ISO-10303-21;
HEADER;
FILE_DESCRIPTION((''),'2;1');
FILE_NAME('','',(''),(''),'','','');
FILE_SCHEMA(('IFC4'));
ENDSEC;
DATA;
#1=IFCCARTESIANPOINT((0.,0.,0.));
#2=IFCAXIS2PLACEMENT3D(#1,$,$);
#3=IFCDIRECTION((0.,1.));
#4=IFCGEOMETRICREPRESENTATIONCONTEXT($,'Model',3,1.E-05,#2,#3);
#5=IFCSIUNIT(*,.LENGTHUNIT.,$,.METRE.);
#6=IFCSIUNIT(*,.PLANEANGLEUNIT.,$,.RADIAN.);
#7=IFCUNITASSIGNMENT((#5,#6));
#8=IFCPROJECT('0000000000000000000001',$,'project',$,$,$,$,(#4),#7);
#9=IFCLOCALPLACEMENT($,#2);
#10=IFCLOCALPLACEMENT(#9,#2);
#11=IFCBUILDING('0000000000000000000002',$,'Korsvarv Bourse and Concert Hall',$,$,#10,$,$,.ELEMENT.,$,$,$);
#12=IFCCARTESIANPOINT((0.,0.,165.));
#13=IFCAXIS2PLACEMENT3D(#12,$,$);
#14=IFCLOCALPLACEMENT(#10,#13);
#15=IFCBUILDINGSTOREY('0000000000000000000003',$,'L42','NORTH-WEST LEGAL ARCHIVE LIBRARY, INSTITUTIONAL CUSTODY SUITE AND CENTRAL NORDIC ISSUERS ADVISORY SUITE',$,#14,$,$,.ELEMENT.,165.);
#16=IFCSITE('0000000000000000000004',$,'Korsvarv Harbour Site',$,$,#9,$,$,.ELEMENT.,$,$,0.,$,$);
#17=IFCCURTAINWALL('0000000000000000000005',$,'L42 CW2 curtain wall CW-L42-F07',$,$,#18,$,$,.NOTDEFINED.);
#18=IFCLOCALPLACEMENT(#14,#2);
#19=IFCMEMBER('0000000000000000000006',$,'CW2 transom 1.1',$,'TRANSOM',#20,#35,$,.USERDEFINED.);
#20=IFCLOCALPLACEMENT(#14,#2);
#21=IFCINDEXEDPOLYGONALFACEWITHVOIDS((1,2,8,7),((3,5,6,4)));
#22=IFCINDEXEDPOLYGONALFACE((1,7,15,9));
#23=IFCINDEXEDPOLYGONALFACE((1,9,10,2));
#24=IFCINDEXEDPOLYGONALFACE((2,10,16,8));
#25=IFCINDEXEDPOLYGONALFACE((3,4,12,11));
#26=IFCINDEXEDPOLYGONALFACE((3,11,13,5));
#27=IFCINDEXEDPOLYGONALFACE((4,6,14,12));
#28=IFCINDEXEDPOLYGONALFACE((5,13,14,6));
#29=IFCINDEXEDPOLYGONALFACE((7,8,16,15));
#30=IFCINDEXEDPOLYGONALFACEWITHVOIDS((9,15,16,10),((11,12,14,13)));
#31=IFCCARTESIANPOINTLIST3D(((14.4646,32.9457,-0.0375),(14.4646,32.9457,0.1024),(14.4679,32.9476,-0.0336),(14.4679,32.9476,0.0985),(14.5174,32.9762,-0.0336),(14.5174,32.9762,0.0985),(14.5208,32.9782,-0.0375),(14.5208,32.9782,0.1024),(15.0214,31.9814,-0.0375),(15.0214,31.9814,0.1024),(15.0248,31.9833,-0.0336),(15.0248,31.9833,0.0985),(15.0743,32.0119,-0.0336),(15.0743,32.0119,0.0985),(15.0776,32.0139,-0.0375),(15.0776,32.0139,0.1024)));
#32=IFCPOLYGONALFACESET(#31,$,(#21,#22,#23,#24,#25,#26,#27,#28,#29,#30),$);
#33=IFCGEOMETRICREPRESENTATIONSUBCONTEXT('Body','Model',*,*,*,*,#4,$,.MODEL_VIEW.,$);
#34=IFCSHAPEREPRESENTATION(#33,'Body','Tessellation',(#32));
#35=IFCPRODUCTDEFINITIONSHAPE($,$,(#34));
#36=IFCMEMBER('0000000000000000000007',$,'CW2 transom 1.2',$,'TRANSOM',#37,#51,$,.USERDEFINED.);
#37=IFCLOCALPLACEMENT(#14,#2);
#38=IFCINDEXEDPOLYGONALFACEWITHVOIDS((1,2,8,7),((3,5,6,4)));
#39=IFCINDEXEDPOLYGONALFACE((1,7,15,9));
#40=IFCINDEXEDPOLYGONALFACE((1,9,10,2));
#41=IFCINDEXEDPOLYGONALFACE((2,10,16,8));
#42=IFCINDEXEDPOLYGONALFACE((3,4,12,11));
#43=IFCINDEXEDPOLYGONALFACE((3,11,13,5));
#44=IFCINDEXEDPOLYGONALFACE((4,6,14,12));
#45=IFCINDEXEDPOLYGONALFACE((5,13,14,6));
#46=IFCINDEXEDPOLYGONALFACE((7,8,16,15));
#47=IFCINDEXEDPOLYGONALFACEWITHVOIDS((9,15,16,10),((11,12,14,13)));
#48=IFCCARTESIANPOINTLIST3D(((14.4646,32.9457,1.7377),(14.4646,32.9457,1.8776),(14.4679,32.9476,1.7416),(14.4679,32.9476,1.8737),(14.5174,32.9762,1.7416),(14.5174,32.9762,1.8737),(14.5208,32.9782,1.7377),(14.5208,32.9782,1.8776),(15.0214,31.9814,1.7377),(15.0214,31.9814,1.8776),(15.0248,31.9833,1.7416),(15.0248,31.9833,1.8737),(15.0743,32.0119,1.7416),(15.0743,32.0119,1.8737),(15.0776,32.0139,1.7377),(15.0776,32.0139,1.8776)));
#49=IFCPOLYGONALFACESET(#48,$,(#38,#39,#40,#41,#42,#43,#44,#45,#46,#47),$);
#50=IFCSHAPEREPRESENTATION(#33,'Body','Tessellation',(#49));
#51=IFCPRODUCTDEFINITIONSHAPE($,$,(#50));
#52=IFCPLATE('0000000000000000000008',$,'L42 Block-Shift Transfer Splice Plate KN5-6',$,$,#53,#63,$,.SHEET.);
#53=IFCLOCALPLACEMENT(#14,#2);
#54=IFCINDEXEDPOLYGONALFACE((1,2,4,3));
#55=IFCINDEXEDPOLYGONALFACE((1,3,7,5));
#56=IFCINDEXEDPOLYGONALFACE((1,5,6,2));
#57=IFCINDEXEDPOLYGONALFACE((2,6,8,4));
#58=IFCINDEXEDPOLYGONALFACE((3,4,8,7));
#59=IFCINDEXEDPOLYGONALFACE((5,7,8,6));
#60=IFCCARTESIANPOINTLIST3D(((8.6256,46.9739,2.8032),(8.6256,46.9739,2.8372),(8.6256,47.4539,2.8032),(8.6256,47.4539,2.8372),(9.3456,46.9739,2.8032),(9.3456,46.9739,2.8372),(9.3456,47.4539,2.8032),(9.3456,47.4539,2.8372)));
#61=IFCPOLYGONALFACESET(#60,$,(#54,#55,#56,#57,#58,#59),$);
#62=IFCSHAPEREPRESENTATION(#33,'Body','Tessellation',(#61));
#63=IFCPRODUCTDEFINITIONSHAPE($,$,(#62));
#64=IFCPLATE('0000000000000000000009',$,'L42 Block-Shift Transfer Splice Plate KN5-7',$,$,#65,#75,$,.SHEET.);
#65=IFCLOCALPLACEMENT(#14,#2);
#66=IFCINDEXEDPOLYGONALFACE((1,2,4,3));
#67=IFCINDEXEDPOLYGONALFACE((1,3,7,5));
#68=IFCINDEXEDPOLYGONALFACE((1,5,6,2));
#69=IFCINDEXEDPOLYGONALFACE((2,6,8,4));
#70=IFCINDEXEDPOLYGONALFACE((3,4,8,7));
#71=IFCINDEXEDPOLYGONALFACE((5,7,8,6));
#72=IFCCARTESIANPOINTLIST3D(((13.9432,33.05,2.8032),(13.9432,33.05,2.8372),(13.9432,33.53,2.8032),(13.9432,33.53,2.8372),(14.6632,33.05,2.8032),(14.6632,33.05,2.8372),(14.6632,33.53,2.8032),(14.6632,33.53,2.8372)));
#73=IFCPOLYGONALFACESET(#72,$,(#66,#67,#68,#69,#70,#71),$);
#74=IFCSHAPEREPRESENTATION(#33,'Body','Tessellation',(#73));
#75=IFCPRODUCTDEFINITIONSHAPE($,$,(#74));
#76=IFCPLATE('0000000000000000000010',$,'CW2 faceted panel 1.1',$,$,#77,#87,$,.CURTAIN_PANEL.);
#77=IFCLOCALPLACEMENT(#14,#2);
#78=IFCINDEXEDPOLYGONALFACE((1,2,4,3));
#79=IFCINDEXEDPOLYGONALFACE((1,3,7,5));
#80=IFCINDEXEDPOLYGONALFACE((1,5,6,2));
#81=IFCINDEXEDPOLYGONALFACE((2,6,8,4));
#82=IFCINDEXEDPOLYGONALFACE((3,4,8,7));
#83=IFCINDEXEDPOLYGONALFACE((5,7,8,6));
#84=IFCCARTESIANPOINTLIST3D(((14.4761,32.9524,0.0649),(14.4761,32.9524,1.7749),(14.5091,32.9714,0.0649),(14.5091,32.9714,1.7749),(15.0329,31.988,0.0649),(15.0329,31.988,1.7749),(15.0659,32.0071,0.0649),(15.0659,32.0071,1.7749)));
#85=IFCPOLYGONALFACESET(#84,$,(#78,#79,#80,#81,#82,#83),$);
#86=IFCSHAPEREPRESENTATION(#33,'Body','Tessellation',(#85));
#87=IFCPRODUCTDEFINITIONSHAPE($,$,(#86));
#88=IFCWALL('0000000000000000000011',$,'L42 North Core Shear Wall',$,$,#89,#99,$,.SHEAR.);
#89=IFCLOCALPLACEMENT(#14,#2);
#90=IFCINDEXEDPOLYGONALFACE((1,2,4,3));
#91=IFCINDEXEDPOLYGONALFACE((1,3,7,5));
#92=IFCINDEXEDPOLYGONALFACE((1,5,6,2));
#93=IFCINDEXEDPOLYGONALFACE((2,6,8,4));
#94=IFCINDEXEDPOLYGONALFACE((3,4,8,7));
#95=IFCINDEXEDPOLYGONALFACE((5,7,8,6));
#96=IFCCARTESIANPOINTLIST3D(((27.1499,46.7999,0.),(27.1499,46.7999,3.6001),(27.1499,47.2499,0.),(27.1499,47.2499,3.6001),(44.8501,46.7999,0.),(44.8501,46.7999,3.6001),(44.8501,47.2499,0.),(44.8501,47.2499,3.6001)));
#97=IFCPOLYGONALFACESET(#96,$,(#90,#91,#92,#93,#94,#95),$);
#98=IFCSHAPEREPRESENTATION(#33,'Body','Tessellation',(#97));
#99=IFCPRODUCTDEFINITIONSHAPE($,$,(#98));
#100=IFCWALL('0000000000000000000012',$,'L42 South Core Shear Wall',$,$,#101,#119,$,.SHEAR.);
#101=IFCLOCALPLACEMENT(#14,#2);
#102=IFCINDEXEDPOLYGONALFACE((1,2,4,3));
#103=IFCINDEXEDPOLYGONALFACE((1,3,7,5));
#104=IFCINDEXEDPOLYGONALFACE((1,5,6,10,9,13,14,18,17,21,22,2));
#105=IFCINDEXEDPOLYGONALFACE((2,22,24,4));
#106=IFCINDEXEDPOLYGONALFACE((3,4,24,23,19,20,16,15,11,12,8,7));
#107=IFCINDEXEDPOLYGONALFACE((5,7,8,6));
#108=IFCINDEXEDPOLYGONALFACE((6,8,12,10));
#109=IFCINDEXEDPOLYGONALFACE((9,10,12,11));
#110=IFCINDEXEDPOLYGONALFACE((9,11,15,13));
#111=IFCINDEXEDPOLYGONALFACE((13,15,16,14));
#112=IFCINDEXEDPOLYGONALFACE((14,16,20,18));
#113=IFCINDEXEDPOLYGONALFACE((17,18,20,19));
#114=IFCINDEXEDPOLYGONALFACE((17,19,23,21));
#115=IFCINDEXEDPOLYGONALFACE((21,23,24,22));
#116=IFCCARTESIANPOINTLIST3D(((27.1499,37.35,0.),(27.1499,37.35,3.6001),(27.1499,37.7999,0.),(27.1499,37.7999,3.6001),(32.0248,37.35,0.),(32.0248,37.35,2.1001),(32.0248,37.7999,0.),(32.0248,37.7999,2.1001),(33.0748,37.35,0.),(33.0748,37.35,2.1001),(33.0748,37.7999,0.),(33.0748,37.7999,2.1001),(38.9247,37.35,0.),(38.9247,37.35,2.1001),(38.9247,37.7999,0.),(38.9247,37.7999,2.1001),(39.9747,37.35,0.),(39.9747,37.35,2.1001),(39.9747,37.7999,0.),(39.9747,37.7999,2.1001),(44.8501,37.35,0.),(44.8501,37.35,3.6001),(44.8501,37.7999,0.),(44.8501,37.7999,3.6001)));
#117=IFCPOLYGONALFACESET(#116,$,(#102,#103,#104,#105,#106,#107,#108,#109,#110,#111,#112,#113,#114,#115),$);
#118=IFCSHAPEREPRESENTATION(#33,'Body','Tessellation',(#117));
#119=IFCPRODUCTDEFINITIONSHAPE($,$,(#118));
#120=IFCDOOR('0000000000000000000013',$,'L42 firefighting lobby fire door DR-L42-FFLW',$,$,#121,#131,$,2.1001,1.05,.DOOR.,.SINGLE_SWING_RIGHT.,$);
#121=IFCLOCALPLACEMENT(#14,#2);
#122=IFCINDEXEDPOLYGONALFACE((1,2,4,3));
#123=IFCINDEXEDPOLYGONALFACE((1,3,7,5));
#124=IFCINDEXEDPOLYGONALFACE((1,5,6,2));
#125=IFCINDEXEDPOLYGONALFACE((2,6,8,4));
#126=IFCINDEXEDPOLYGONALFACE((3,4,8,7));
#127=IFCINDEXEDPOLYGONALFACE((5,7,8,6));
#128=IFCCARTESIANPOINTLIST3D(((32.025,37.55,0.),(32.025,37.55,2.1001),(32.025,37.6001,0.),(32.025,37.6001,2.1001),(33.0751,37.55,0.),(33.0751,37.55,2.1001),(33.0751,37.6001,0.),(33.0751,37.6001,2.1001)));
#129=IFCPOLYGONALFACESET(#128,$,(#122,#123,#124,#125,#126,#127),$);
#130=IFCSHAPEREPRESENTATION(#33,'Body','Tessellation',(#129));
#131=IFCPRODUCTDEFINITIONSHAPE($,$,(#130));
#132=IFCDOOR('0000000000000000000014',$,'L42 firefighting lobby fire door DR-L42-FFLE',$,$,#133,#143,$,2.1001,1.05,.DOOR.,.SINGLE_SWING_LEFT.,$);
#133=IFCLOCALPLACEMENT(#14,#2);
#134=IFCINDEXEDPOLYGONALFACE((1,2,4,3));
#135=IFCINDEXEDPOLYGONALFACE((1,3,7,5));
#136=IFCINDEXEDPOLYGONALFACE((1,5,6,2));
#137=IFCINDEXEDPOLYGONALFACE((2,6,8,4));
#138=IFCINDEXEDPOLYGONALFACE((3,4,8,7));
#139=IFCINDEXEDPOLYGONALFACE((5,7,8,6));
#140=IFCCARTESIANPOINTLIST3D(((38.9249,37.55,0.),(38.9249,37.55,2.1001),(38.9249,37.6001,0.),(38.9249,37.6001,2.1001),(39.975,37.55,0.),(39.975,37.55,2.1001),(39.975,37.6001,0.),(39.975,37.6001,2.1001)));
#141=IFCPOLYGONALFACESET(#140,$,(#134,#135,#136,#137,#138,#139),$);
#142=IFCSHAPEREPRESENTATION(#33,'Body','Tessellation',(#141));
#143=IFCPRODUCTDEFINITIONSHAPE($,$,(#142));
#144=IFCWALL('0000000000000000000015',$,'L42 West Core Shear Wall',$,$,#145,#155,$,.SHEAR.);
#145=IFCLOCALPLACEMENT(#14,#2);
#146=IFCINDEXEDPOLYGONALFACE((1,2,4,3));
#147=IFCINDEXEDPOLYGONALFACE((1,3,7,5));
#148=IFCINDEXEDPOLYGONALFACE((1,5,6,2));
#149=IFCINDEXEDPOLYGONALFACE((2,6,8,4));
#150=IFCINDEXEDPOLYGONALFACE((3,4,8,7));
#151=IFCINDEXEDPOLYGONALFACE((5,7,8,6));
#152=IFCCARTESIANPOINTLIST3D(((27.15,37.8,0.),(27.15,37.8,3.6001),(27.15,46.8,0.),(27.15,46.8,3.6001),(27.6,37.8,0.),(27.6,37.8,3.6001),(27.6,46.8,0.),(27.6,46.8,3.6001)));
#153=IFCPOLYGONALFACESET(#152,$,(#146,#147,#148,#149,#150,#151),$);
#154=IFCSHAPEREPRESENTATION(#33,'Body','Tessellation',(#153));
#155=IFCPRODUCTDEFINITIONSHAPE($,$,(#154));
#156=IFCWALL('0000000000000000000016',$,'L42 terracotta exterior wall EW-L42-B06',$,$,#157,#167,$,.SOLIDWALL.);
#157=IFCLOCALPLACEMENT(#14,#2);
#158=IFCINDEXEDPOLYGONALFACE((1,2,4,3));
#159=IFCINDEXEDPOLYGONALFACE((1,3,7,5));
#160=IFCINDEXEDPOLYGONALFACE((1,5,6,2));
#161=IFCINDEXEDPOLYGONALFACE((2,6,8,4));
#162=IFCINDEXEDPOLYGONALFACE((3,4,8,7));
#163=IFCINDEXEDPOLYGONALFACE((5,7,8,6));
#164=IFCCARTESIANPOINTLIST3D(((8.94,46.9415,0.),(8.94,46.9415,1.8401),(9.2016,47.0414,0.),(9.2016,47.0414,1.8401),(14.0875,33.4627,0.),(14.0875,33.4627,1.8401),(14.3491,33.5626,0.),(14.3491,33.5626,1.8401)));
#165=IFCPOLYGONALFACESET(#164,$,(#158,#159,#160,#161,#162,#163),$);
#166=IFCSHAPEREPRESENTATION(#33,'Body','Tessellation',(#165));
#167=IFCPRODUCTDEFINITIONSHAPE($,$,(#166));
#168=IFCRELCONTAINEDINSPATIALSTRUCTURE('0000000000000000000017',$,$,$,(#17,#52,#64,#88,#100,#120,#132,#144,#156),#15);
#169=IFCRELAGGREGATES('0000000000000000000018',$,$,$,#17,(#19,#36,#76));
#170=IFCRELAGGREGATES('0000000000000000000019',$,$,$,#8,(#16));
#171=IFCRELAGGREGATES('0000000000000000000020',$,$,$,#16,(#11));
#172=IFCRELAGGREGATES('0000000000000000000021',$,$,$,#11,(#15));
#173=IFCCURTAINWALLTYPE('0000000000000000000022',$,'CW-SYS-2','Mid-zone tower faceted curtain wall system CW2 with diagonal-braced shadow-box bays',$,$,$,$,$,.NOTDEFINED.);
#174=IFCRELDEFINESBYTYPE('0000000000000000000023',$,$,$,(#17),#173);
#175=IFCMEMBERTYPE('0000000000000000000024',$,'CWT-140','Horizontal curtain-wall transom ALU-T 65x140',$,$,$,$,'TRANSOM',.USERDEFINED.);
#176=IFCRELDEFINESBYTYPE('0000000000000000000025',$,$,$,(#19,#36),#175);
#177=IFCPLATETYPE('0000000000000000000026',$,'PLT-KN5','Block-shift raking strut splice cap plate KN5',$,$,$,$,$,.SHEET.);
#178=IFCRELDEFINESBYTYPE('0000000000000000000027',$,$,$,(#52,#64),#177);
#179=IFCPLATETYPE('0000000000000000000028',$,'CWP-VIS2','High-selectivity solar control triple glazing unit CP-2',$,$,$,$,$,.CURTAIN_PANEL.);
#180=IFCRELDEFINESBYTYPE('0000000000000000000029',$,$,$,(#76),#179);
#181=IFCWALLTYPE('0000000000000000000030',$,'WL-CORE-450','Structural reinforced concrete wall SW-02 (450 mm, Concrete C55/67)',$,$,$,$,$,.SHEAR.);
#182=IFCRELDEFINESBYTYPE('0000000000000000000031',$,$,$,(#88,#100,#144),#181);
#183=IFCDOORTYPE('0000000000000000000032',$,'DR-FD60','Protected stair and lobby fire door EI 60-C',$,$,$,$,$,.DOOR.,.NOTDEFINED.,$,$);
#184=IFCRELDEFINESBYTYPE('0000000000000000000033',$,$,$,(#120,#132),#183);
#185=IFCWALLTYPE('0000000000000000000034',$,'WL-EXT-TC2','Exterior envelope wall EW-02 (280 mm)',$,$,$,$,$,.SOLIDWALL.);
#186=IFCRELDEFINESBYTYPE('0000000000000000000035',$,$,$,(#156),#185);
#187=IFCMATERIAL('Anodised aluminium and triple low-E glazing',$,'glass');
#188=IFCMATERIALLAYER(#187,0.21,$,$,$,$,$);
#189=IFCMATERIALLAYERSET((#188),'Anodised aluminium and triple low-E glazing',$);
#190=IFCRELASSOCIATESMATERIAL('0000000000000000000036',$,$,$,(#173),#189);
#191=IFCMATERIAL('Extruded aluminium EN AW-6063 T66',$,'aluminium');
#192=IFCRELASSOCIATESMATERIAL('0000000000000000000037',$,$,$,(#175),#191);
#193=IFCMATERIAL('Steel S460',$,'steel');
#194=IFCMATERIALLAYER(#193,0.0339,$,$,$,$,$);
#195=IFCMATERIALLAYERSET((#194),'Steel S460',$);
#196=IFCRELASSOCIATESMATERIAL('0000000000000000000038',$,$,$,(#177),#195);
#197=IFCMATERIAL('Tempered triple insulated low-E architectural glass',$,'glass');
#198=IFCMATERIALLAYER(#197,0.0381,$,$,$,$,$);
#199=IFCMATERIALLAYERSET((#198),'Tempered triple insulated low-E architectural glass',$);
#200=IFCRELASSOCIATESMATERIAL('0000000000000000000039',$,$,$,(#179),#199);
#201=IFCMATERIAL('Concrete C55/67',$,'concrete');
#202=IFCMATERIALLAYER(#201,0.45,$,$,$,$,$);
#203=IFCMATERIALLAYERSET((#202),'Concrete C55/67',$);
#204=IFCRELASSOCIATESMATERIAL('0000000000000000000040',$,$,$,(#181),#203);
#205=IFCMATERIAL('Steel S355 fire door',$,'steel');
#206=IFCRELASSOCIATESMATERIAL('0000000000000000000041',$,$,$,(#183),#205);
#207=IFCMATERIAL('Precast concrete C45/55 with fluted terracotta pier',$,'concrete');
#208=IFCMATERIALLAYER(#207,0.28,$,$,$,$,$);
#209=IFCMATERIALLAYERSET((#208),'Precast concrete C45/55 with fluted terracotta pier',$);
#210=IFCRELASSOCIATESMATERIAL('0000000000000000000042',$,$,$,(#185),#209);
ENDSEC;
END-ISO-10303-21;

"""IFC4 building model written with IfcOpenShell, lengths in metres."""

from ifc_helpers import new_model, si_unit, direction, frame, frame_2d, origin, origin_2d, place, context, subcontext, project, spatial, rectangle, hollow_rectangle, extrude, source, transform, mapped, material, layer, layer_set, material_profile, profile_set, type_object, element, fill, aggregate, save


model = new_model("IFC4")

# Units and contexts
model_context = context("Model", 3, precision=1e-05, world=origin(), true_north=direction((0.0, 1.0)))
body_context = subcontext(model_context, "Body", "Model", "MODEL_VIEW")
ifc_project = project(units=[si_unit("LENGTHUNIT", "METRE"), si_unit("PLANEANGLEUNIT", "RADIAN")], contexts=[model_context])

# Site, building, storey
site_placement = place(None, origin())
site = spatial("IfcSite", under=ifc_project, at=site_placement, Name="Korsvarv Harbour Site", CompositionType="ELEMENT", RefElevation=0.0)
building_placement = place(site_placement, origin())
building = spatial("IfcBuilding", under=site, at=building_placement, Name="Korsvarv Bourse and Concert Hall", CompositionType="ELEMENT")
storey_placement = place(building_placement, frame((0.0, 0.0, 165.0)))
storey = spatial("IfcBuildingStorey", under=building, at=storey_placement, Name="L42", Description="NORTH-WEST LEGAL ARCHIVE LIBRARY, INSTITUTIONAL CUSTODY SUITE AND CENTRAL NORDIC ISSUERS ADVISORY SUITE", CompositionType="ELEMENT", Elevation=165.0)

# Curtain wall, members
ifc_material_1 = material(Name="Anodised aluminium and triple low-E glazing", Category="glass")
ifc_layer_1 = layer(ifc_material_1, 0.21)
ifc_layer_set_1 = layer_set([ifc_layer_1], Name="Anodised aluminium and triple low-E glazing")
curtain_wall_type = type_object("IfcCurtainWallType", Name="CW-SYS-2", Description="Mid-zone tower faceted curtain wall system CW2 with diagonal-braced shadow-box bays", PredefinedType="NOTDEFINED", material=ifc_layer_set_1)
curtain_wall_placement = place(storey_placement, origin())
curtain_wall = element("IfcCurtainWall", 1, at=curtain_wall_placement, inside=storey, type_object=curtain_wall_type, Name="L42 CW2 curtain wall CW-L42-F07", PredefinedType="NOTDEFINED")
ifc_material_2 = material(Name="Extruded aluminium EN AW-6063 T66", Category="aluminium")
ifc_material_profile_1 = material_profile(ifc_material_2, hollow_rectangle(XDim=0.0649, YDim=0.1399, WallThickness=0.0039, at=origin_2d()), Name="ALU-T 65x140")
ifc_profile_set_1 = profile_set([ifc_material_profile_1], Name="Extruded aluminium EN AW-6063 T66")
member_type_1 = type_object("IfcMemberType", Name="CWT-140", Description="Horizontal curtain-wall transom ALU-T 65x140", ElementType="TRANSOM", PredefinedType="USERDEFINED", material=ifc_profile_set_1)
shared_shape_1 = source(origin(), body_context, "Body", "SweptSolid", [
    extrude(hollow_rectangle(XDim=0.0649, YDim=0.1399, WallThickness=0.0039, at=origin_2d()), origin(), (0.0, 0.0, 1.0), 1.1135),
])
member_1_placement = place(storey_placement, frame((14.4927, 32.9619, 0.0325), z_axis=(0.500077, -0.865981, 0.0), x_axis=(0.865981, 0.500077, 0.0)))
member_1 = element("IfcMember", 2, at=member_1_placement, type_object=member_type_1, Name="CW2 transom 1.1", ObjectType="TRANSOM", PredefinedType="USERDEFINED", context=body_context, shape_type="MappedRepresentation", body=[
    mapped(shared_shape_1, transform((0.0, 0.0, 0.0), scale=1.0)),
])
member_2_placement = place(storey_placement, frame((14.4927, 32.9619, 1.8076), z_axis=(0.500077, -0.865981, 0.0), x_axis=(0.865981, 0.500077, 0.0)))
member_2 = element("IfcMember", 3, at=member_2_placement, type_object=member_type_1, Name="CW2 transom 1.2", ObjectType="TRANSOM", PredefinedType="USERDEFINED", context=body_context, shape_type="MappedRepresentation", body=[
    mapped(shared_shape_1, transform((0.0, 0.0, 0.0), scale=1.0)),
])

# Plates
ifc_material_3 = material(Name="Steel S460", Category="steel")
ifc_layer_2 = layer(ifc_material_3, 0.0339)
ifc_layer_set_2 = layer_set([ifc_layer_2], Name="Steel S460")
plate_type_1 = type_object("IfcPlateType", Name="PLT-KN5", Description="Block-shift raking strut splice cap plate KN5", PredefinedType="SHEET", material=ifc_layer_set_2)
shared_shape_2 = source(origin(), body_context, "Body", "SweptSolid", [
    extrude(rectangle(XDim=0.72, YDim=0.48, at=origin_2d()), origin(), (0.0, 0.0, 1.0), 0.0339),
])
for number, where, z_axis, x_axis, name in (
    (4, (8.9856, 47.2139, 2.8032), (0.0, 0.0, 1.0), (1.0, 0.0, 0.0), "L42 Block-Shift Transfer Splice Plate KN5-6"),
    (5, (14.3032, 33.29, 2.8032), (0.0, 0.0, 1.0), (1.0, 0.0, 0.0), "L42 Block-Shift Transfer Splice Plate KN5-7"),
):
    element("IfcPlate", number, at=place(storey_placement, frame(where, z_axis=z_axis, x_axis=x_axis)), inside=storey, type_object=plate_type_1, Name=name, PredefinedType="SHEET", context=body_context, shape_type="MappedRepresentation", body=[
        mapped(shared_shape_2, transform((0.0, 0.0, 0.0), scale=1.0)),
    ])

# Plate
ifc_material_4 = material(Name="Tempered triple insulated low-E architectural glass", Category="glass")
ifc_layer_3 = layer(ifc_material_4, 0.0381)
ifc_layer_set_3 = layer_set([ifc_layer_3], Name="Tempered triple insulated low-E architectural glass")
plate_type_2 = type_object("IfcPlateType", Name="CWP-VIS2", Description="High-selectivity solar control triple glazing unit CP-2", PredefinedType="CURTAIN_PANEL", material=ifc_layer_set_3)
shared_shape_3 = source(origin(), body_context, "Body", "SweptSolid", [
    extrude(rectangle(XDim=1.1135, YDim=0.0381, at=origin_2d()), origin(), (0.0, 0.0, 1.0), 1.71),
])
plate_placement = place(storey_placement, frame((14.771, 32.4797, 0.0649), z_axis=(0.0, 0.0, 1.0), x_axis=(0.500002, -0.866024, 0.0)))
plate = element("IfcPlate", 6, at=plate_placement, type_object=plate_type_2, Name="CW2 faceted panel 1.1", PredefinedType="CURTAIN_PANEL", context=body_context, shape_type="MappedRepresentation", body=[
    mapped(shared_shape_3, transform((0.0, 0.0, 0.0), scale=1.0)),
])
aggregate(curtain_wall, [member_1, member_2, plate])

# Wall
ifc_material_5 = material(Name="Concrete C55/67", Category="concrete")
ifc_layer_4 = layer(ifc_material_5, 0.45)
ifc_layer_set_4 = layer_set([ifc_layer_4], Name="Concrete C55/67")
wall_type_1 = type_object("IfcWallType", Name="WL-CORE-450", Description="Structural reinforced concrete wall SW-02 (450 mm, Concrete C55/67)", PredefinedType="SHEAR", material=ifc_layer_set_4)
wall_1_placement = place(storey_placement, frame((27.1499, 47.0249, 0.0), z_axis=(0.0, 0.0, 1.0), x_axis=(1.0, 0.0, 0.0)))
element("IfcWall", 7, at=wall_1_placement, inside=storey, type_object=wall_type_1, Name="L42 North Core Shear Wall", PredefinedType="SHEAR", context=body_context, shape_type="SweptSolid", body=[
    extrude(rectangle(XDim=17.7002, YDim=0.45, at=frame_2d((8.8501, 0.0))), origin(), (0.0, 0.0, 1.0), 3.6001),
])

# Wall, openings, doors
wall_2_placement = place(storey_placement, frame((27.1499, 37.575, 0.0), z_axis=(0.0, 0.0, 1.0), x_axis=(1.0, 0.0, 0.0)))
wall_2 = element("IfcWall", 8, at=wall_2_placement, inside=storey, type_object=wall_type_1, Name="L42 South Core Shear Wall", PredefinedType="SHEAR", context=body_context, shape_type="SweptSolid", body=[
    extrude(rectangle(XDim=17.7002, YDim=0.45, at=frame_2d((8.8501, 0.0))), origin(), (0.0, 0.0, 1.0), 3.6001),
])
opening_1_placement = place(wall_2_placement, frame((4.875, 0.0, 0.0)))
opening_1 = element("IfcOpeningElement", 9, at=opening_1_placement, cuts=wall_2, PredefinedType="OPENING", context=body_context, shape_type="SweptSolid", body=[
    extrude(rectangle(XDim=1.05, YDim=2.1001, at=frame_2d((0.5249, 1.05))), frame((0.0, 0.2349, 0.0), z_axis=(0.0, -1.0, 0.0), x_axis=(1.0, 0.0, 0.0)), (0.0, 0.0, 1.0), 0.47),
])
opening_2_placement = place(wall_2_placement, frame((11.7749, 0.0, 0.0)))
opening_2 = element("IfcOpeningElement", 10, at=opening_2_placement, cuts=wall_2, PredefinedType="OPENING", context=body_context, shape_type="SweptSolid", body=[
    extrude(rectangle(XDim=1.05, YDim=2.1001, at=frame_2d((0.5249, 1.05))), frame((0.0, 0.2349, 0.0), z_axis=(0.0, -1.0, 0.0), x_axis=(1.0, 0.0, 0.0)), (0.0, 0.0, 1.0), 0.47),
])
ifc_material_6 = material(Name="Steel S355 fire door", Category="steel")
door_type = type_object("IfcDoorType", Name="DR-FD60", Description="Protected stair and lobby fire door EI 60-C", OperationType="NOTDEFINED", PredefinedType="DOOR", material=ifc_material_6)
door_1_placement = place(opening_1_placement, frame((1.05, 0.0, 0.0), z_axis=(0.0, 0.0, 1.0), x_axis=(-1.0, 0.0, 0.0)))
door_1 = element("IfcDoor", 11, at=door_1_placement, inside=storey, type_object=door_type, Name="L42 firefighting lobby fire door DR-L42-FFLW", OperationType="SINGLE_SWING_RIGHT", OverallHeight=2.1001, OverallWidth=1.05, PredefinedType="DOOR", context=body_context, shape_type="SweptSolid", body=[
    extrude(rectangle(XDim=1.05, YDim=2.1001, at=frame_2d((0.5249, 1.05))), frame((0.0, 0.0249, 0.0), z_axis=(0.0, -1.0, 0.0), x_axis=(1.0, 0.0, 0.0)), (0.0, 0.0, 1.0), 0.05),
])
fill(opening_1, door_1)
door_2_placement = place(opening_2_placement, frame((1.05, 0.0, 0.0), z_axis=(0.0, 0.0, 1.0), x_axis=(-1.0, 0.0, 0.0)))
door_2 = element("IfcDoor", 12, at=door_2_placement, inside=storey, type_object=door_type, Name="L42 firefighting lobby fire door DR-L42-FFLE", OperationType="SINGLE_SWING_LEFT", OverallHeight=2.1001, OverallWidth=1.05, PredefinedType="DOOR", context=body_context, shape_type="SweptSolid", body=[
    extrude(rectangle(XDim=1.05, YDim=2.1001, at=frame_2d((0.5249, 1.05))), frame((0.0, 0.0249, 0.0), z_axis=(0.0, -1.0, 0.0), x_axis=(1.0, 0.0, 0.0)), (0.0, 0.0, 1.0), 0.05),
])
fill(opening_2, door_2)

# Walls
wall_3_placement = place(storey_placement, frame((27.375, 37.8, 0.0), z_axis=(0.0, 0.0, 1.0), x_axis=(0.0, 1.0, 0.0)))
element("IfcWall", 13, at=wall_3_placement, inside=storey, type_object=wall_type_1, Name="L42 West Core Shear Wall", PredefinedType="SHEAR", context=body_context, shape_type="SweptSolid", body=[
    extrude(rectangle(XDim=9.0, YDim=0.45, at=frame_2d((4.5, 0.0))), origin(), (0.0, 0.0, 1.0), 3.6001),
])
ifc_material_7 = material(Name="Precast concrete C45/55 with fluted terracotta pier", Category="concrete")
ifc_layer_5 = layer(ifc_material_7, 0.28)
ifc_layer_set_5 = layer_set([ifc_layer_5], Name="Precast concrete C45/55 with fluted terracotta pier")
wall_type_2 = type_object("IfcWallType", Name="WL-EXT-TC2", Description="Exterior envelope wall EW-02 (280 mm)", PredefinedType="SOLIDWALL", material=ifc_layer_set_5)
wall_4_placement = place(storey_placement, frame((9.0708, 46.9915, 0.0), z_axis=(0.0, 0.0, 1.0), x_axis=(0.356764, -0.934195, 0.0)))
element("IfcWall", 14, at=wall_4_placement, inside=storey, type_object=wall_type_2, Name="L42 terracotta exterior wall EW-L42-B06", PredefinedType="SOLIDWALL", context=body_context, shape_type="SweptSolid", body=[
    extrude(rectangle(XDim=14.4282, YDim=0.28, at=frame_2d((7.2141, 0.0))), origin(), (0.0, 0.0, 1.0), 1.8401),
])

save(model, "model.ifc")
